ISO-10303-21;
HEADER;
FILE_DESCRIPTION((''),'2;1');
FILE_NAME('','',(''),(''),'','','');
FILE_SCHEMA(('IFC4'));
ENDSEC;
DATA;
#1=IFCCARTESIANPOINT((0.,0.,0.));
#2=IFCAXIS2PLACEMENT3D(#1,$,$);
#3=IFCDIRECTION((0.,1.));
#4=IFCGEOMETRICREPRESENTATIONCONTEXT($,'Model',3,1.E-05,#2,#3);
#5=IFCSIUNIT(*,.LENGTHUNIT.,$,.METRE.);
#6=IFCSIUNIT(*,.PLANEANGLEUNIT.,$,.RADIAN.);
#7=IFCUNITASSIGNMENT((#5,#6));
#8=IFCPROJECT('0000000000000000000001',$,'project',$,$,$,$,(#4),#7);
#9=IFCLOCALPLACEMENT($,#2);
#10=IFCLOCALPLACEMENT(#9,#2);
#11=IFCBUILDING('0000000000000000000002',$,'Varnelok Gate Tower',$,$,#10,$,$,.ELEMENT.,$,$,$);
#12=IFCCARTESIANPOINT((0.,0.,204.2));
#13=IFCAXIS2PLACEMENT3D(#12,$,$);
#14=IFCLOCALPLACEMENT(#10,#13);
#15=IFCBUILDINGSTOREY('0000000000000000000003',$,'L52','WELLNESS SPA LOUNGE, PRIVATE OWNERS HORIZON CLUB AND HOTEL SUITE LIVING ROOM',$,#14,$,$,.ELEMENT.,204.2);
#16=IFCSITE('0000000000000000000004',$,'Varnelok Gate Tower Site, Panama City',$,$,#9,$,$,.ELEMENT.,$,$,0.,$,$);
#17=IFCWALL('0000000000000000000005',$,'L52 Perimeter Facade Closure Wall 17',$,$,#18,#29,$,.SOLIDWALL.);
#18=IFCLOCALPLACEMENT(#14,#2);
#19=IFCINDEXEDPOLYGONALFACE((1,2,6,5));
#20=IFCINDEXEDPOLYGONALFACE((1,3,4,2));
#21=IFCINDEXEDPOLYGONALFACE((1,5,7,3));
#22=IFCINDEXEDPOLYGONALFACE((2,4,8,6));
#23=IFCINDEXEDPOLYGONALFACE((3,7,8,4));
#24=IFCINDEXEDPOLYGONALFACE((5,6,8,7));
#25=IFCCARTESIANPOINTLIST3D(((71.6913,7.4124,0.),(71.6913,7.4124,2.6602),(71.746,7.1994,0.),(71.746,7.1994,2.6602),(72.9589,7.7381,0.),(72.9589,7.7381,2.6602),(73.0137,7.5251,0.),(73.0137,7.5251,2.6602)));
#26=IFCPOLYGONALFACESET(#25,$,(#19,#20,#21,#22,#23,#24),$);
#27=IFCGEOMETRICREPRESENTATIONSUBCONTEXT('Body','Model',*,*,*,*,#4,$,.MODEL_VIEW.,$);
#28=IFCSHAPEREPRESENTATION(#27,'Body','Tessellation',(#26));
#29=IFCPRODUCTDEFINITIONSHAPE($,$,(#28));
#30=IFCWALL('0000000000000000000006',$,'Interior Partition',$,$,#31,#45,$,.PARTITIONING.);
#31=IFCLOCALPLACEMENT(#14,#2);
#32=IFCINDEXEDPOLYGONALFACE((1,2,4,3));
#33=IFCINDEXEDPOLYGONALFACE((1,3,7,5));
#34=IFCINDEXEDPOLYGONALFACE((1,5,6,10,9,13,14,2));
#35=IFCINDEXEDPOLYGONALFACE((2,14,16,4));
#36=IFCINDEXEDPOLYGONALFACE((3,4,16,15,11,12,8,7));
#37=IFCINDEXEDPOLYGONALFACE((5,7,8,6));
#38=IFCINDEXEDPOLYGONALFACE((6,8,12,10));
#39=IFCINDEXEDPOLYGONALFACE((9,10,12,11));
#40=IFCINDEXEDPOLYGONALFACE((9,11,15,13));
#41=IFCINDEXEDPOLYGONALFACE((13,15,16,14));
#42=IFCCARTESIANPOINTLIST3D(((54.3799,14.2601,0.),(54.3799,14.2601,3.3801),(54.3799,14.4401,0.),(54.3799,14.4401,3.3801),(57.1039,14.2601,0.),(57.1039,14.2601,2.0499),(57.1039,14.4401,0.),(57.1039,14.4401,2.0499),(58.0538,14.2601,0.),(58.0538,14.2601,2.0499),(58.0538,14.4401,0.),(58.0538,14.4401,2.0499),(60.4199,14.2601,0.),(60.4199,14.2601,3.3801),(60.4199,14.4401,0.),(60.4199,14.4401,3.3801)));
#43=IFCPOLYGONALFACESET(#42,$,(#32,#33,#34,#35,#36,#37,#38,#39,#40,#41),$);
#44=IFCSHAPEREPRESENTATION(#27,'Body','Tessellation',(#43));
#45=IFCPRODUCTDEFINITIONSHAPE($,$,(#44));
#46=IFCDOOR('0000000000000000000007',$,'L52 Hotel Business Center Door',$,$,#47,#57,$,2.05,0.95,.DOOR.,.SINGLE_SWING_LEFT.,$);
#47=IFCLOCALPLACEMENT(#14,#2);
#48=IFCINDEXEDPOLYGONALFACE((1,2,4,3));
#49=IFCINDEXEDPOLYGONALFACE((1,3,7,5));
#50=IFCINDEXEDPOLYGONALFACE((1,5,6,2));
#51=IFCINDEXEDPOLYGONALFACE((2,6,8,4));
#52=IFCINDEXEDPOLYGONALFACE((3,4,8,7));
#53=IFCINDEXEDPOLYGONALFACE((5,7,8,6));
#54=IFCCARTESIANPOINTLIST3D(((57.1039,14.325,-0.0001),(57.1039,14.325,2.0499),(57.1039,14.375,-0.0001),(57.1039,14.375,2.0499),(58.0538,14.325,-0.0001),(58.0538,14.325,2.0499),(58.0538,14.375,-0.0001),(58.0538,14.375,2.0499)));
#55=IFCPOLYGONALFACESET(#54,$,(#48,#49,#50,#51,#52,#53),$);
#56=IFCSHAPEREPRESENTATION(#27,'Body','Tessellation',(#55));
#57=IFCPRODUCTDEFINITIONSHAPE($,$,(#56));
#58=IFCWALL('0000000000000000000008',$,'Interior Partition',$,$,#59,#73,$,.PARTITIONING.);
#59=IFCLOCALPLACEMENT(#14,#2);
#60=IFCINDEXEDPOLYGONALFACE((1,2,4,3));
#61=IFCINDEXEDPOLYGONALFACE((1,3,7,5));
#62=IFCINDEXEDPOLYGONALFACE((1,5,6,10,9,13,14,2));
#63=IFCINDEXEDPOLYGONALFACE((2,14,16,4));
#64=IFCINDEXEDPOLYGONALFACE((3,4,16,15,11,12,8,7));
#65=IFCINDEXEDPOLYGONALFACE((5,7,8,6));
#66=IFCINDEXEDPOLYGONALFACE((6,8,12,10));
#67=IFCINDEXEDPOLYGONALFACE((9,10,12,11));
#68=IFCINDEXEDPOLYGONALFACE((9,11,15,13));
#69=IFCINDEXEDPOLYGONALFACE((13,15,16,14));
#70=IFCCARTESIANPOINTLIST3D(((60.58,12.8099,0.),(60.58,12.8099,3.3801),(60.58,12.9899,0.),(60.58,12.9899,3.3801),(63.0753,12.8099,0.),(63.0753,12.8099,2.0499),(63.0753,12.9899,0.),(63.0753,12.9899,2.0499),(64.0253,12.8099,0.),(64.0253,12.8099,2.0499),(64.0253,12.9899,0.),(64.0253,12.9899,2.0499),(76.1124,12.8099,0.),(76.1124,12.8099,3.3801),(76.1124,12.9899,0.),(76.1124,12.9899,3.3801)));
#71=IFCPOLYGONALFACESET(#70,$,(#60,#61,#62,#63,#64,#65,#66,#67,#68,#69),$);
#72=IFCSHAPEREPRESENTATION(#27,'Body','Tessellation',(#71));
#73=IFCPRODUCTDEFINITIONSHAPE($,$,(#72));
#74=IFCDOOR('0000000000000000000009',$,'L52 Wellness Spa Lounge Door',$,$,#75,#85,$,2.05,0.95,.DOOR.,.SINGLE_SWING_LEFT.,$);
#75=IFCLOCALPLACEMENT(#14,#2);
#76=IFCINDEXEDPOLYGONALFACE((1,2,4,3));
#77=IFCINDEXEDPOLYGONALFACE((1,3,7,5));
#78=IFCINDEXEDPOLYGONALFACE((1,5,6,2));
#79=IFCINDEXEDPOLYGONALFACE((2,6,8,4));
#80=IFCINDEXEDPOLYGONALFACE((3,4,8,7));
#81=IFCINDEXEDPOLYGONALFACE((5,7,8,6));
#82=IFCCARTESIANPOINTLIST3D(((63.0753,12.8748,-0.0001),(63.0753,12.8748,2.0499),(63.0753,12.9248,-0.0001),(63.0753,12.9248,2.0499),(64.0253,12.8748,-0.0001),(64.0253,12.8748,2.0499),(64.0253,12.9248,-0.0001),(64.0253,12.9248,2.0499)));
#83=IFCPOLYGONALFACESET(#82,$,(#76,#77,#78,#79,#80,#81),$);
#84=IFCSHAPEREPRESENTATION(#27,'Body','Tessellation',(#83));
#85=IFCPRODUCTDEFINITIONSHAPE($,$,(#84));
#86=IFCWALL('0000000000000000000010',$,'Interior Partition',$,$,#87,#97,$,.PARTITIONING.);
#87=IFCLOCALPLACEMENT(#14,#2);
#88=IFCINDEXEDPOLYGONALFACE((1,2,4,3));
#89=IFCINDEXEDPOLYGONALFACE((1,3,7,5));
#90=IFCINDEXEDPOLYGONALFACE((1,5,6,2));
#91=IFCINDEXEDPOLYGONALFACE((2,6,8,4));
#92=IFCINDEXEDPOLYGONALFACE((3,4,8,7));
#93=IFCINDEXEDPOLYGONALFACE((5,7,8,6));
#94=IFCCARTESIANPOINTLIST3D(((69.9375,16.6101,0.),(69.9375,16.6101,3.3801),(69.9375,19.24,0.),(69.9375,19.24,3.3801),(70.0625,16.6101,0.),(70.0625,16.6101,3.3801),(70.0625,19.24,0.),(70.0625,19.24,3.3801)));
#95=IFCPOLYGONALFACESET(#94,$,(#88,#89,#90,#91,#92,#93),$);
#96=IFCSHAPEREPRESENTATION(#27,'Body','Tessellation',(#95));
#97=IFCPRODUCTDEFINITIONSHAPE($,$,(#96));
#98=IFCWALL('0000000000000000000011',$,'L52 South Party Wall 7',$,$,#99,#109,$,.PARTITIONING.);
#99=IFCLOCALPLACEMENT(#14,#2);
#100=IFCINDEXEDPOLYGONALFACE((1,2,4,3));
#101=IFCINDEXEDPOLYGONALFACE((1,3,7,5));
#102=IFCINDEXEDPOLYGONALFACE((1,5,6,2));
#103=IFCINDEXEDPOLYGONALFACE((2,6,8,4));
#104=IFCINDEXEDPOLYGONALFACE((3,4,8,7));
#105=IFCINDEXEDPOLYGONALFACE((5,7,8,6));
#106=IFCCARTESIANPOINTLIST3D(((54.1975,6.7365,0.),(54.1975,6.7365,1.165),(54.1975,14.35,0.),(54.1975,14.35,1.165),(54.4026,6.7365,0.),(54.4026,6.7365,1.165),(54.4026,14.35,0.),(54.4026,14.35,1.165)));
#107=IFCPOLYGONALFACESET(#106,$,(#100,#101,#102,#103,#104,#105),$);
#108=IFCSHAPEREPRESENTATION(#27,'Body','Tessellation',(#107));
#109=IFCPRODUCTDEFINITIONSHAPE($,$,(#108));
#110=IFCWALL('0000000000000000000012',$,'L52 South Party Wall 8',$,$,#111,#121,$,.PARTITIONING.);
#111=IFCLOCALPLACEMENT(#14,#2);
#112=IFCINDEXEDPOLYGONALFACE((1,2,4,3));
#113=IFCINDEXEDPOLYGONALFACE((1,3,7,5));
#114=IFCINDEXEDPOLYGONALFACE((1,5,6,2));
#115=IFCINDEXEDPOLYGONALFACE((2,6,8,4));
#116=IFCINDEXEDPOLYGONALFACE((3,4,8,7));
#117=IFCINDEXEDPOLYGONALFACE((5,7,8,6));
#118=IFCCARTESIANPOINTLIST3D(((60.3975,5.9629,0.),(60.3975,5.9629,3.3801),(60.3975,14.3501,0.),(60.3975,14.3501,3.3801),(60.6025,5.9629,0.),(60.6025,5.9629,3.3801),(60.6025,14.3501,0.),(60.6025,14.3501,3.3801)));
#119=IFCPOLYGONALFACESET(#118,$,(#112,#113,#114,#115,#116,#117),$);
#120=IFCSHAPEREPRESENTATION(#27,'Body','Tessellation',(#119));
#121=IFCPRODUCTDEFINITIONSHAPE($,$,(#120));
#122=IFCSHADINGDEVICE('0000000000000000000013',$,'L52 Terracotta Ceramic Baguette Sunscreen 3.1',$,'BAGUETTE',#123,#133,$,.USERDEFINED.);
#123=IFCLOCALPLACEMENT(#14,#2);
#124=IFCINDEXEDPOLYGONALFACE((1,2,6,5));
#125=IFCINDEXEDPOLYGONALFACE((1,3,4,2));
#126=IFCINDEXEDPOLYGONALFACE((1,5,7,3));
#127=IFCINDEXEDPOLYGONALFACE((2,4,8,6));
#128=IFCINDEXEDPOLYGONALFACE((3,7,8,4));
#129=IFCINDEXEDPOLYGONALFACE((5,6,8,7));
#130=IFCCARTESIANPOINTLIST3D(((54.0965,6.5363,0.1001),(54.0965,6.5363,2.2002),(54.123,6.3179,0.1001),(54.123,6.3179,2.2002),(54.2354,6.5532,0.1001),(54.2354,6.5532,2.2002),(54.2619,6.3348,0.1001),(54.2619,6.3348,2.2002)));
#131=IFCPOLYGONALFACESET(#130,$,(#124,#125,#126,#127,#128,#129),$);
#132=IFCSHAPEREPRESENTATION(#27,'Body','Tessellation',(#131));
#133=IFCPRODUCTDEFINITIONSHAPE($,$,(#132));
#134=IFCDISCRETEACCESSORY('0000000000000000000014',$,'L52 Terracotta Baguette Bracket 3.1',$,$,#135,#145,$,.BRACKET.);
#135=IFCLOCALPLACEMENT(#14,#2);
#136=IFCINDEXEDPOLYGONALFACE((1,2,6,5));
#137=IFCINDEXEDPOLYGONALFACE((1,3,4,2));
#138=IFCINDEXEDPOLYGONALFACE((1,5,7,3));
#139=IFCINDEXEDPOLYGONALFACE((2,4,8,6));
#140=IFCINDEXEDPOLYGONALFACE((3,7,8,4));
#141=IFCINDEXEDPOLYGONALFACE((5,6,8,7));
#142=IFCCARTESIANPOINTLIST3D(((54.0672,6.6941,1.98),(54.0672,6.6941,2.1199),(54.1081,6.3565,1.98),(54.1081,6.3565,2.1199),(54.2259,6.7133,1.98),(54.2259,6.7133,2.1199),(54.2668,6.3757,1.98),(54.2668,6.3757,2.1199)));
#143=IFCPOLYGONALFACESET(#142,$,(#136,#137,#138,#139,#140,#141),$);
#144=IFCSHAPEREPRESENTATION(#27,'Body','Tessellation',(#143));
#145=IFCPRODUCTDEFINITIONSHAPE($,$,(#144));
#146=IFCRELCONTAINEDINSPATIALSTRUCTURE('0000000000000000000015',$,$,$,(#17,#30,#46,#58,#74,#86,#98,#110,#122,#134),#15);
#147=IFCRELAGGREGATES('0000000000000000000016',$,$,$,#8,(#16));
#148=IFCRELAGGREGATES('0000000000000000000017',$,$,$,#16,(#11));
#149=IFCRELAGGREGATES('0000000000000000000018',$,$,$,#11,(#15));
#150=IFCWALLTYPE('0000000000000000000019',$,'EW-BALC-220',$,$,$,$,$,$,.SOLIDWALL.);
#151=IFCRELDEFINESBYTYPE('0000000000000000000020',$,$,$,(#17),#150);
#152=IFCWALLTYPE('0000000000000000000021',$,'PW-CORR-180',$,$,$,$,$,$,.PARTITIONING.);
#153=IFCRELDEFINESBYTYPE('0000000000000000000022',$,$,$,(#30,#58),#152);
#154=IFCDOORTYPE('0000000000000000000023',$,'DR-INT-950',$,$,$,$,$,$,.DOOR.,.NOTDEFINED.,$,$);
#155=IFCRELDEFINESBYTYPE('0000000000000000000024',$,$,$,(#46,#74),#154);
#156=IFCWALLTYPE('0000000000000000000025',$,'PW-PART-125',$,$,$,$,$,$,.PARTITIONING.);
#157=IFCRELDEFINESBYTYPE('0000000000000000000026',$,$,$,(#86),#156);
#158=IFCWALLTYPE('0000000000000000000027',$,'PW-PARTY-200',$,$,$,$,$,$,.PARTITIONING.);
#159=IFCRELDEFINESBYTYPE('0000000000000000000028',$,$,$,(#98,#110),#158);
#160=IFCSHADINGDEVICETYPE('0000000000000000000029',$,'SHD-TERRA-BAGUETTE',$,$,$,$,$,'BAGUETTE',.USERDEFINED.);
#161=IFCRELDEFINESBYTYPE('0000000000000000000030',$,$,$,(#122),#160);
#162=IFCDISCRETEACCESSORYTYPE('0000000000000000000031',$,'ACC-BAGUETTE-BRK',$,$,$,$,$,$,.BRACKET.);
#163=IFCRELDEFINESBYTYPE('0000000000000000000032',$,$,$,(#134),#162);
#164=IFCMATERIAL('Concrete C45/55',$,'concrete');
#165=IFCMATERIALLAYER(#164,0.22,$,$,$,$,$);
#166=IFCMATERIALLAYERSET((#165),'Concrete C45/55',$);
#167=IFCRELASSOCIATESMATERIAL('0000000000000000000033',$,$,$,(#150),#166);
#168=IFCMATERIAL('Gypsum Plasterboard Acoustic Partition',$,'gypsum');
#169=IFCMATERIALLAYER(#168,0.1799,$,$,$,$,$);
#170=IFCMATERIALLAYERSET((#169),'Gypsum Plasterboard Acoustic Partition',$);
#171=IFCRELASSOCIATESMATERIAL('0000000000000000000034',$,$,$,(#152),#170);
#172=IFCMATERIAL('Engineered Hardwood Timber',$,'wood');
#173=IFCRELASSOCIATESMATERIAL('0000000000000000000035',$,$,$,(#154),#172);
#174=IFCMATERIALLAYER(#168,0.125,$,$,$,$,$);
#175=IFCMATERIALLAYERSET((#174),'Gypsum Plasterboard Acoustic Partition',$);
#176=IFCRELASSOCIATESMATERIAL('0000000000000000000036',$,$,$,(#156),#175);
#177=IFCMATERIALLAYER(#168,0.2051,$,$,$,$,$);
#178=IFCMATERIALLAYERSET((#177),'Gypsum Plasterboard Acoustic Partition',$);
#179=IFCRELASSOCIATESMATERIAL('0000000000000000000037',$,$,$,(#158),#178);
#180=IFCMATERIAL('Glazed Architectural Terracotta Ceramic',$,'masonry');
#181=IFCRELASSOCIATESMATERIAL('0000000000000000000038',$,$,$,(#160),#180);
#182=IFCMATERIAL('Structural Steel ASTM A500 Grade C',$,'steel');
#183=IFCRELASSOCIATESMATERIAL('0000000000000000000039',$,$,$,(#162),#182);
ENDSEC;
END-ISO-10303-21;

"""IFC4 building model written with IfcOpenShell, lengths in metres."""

from ifc_helpers import new_model, si_unit, direction, frame, frame_2d, origin, origin_2d, place, context, subcontext, project, spatial, rectangle, extrude, source, transform, mapped, material, layer, layer_set, type_object, element, fill, save


model = new_model("IFC4")

# Units and contexts
model_context = context("Model", 3, precision=1e-05, world=origin(), true_north=direction((0.0, 1.0)))
body_context = subcontext(model_context, "Body", "Model", "MODEL_VIEW")
ifc_project = project(units=[si_unit("LENGTHUNIT", "METRE"), si_unit("PLANEANGLEUNIT", "RADIAN")], contexts=[model_context])

# Site, building, storey
site_placement = place(None, origin())
site = spatial("IfcSite", under=ifc_project, at=site_placement, Name="Varnelok Gate Tower Site, Panama City", CompositionType="ELEMENT", RefElevation=0.0)
building_placement = place(site_placement, origin())
building = spatial("IfcBuilding", under=site, at=building_placement, Name="Varnelok Gate Tower", CompositionType="ELEMENT")
storey_placement = place(building_placement, frame((0.0, 0.0, 204.2)))
storey = spatial("IfcBuildingStorey", under=building, at=storey_placement, Name="L52", Description="WELLNESS SPA LOUNGE, PRIVATE OWNERS HORIZON CLUB AND HOTEL SUITE LIVING ROOM", CompositionType="ELEMENT", Elevation=204.2)

# Shared definitions
ifc_material_1 = material(Name="Concrete C45/55", Category="concrete")
ifc_layer_1 = layer(ifc_material_1, 0.22)
ifc_layer_set_1 = layer_set([ifc_layer_1], Name="Concrete C45/55")
wall_type_1 = type_object("IfcWallType", Name="EW-BALC-220", PredefinedType="SOLIDWALL", material=ifc_layer_set_1)

# Wall
wall_1_placement = place(storey_placement, frame((71.7188, 7.3059, 0.0), z_axis=(0.0, 0.0, 1.0), x_axis=(0.968542, 0.248851, 0.0)))
element("IfcWall", 1, at=wall_1_placement, inside=storey, type_object=wall_type_1, Name="L52 Perimeter Facade Closure Wall 17", PredefinedType="SOLIDWALL", context=body_context, shape_type="SweptSolid", body=[
    extrude(rectangle(XDim=1.3088, YDim=0.22, at=frame_2d((0.6543, 0.0))), origin(), (0.0, 0.0, 1.0), 2.6602),
])

# Walls, openings, doors
ifc_material_2 = material(Name="Gypsum Plasterboard Acoustic Partition", Category="gypsum")
ifc_layer_2 = layer(ifc_material_2, 0.1799)
ifc_layer_set_2 = layer_set([ifc_layer_2], Name="Gypsum Plasterboard Acoustic Partition")
wall_type_2 = type_object("IfcWallType", Name="PW-CORR-180", PredefinedType="PARTITIONING", material=ifc_layer_set_2)
wall_2_placement = place(storey_placement, frame((54.3799, 14.3501, 0.0), z_axis=(0.0, 0.0, 1.0), x_axis=(1.0, 0.0, 0.0)))
wall_2 = element("IfcWall", 2, at=wall_2_placement, inside=storey, type_object=wall_type_2, Name="Interior Partition", PredefinedType="PARTITIONING", context=body_context, shape_type="SweptSolid", body=[
    extrude(rectangle(XDim=6.04, YDim=0.1799, at=frame_2d((3.02, 0.0))), origin(), (0.0, 0.0, 1.0), 3.3801),
])
opening_1_placement = place(wall_2_placement, frame((2.7239, 0.0, 0.0)))
opening_1 = element("IfcOpeningElement", 3, at=opening_1_placement, cuts=wall_2, PredefinedType="OPENING", context=body_context, shape_type="SweptSolid", body=[
    extrude(rectangle(XDim=0.95, YDim=2.05, at=frame_2d((0.4751, 1.0249))), frame((0.0, 0.0999, 0.0), z_axis=(0.0, -1.0, 0.0), x_axis=(1.0, 0.0, 0.0)), (0.0, 0.0, 1.0), 0.2),
])
ifc_material_3 = material(Name="Engineered Hardwood Timber", Category="wood")
door_type_1 = type_object("IfcDoorType", Name="DR-INT-950", OperationType="NOTDEFINED", PredefinedType="DOOR", material=ifc_material_3)
door_1_placement = place(opening_1_placement, origin())
door_1 = element("IfcDoor", 4, at=door_1_placement, inside=storey, type_object=door_type_1, Name="L52 Hotel Business Center Door", OperationType="SINGLE_SWING_LEFT", OverallHeight=2.05, OverallWidth=0.95, PredefinedType="DOOR", context=body_context, shape_type="SweptSolid", body=[
    extrude(rectangle(XDim=0.95, YDim=2.05, at=frame_2d((0.4751, 1.0249))), frame((0.0, 0.0249, 0.0), z_axis=(0.0, -1.0, 0.0), x_axis=(1.0, 0.0, 0.0)), (0.0, 0.0, 1.0), 0.05),
])
fill(opening_1, door_1)
wall_3_placement = place(storey_placement, frame((60.5801, 12.8999, 0.0), z_axis=(0.0, 0.0, 1.0), x_axis=(1.0, 0.0, 0.0)))
wall_3 = element("IfcWall", 5, at=wall_3_placement, inside=storey, type_object=wall_type_2, Name="Interior Partition", PredefinedType="PARTITIONING", context=body_context, shape_type="SweptSolid", body=[
    extrude(rectangle(XDim=15.5325, YDim=0.1799, at=frame_2d((7.7661, 0.0))), origin(), (0.0, 0.0, 1.0), 3.3801),
])
opening_2_placement = place(wall_3_placement, frame((2.4951, 0.0, 0.0)))
opening_2 = element("IfcOpeningElement", 6, at=opening_2_placement, cuts=wall_3, PredefinedType="OPENING", context=body_context, shape_type="SweptSolid", body=[
    extrude(rectangle(XDim=0.95, YDim=2.05, at=frame_2d((0.4751, 1.0249))), frame((0.0, 0.0999, 0.0), z_axis=(0.0, -1.0, 0.0), x_axis=(1.0, 0.0, 0.0)), (0.0, 0.0, 1.0), 0.2),
])
door_2_placement = place(opening_2_placement, origin())
door_2 = element("IfcDoor", 7, at=door_2_placement, inside=storey, type_object=door_type_1, Name="L52 Wellness Spa Lounge Door", OperationType="SINGLE_SWING_LEFT", OverallHeight=2.05, OverallWidth=0.95, PredefinedType="DOOR", context=body_context, shape_type="SweptSolid", body=[
    extrude(rectangle(XDim=0.95, YDim=2.05, at=frame_2d((0.4751, 1.0249))), frame((0.0, 0.0249, 0.0), z_axis=(0.0, -1.0, 0.0), x_axis=(1.0, 0.0, 0.0)), (0.0, 0.0, 1.0), 0.05),
])
fill(opening_2, door_2)

# Walls
ifc_layer_3 = layer(ifc_material_2, 0.125)
ifc_layer_set_3 = layer_set([ifc_layer_3], Name="Gypsum Plasterboard Acoustic Partition")
wall_type_3 = type_object("IfcWallType", Name="PW-PART-125", PredefinedType="PARTITIONING", material=ifc_layer_set_3)
wall_4_placement = place(storey_placement, frame((70.0, 16.6101, 0.0), z_axis=(0.0, 0.0, 1.0), x_axis=(0.0, 1.0, 0.0)))
element("IfcWall", 8, at=wall_4_placement, inside=storey, type_object=wall_type_3, Name="Interior Partition", PredefinedType="PARTITIONING", context=body_context, shape_type="SweptSolid", body=[
    extrude(rectangle(XDim=2.6299, YDim=0.125, at=frame_2d((1.3149, 0.0))), origin(), (0.0, 0.0, 1.0), 3.3801),
])
ifc_layer_4 = layer(ifc_material_2, 0.2051)
ifc_layer_set_4 = layer_set([ifc_layer_4], Name="Gypsum Plasterboard Acoustic Partition")
wall_type_4 = type_object("IfcWallType", Name="PW-PARTY-200", PredefinedType="PARTITIONING", material=ifc_layer_set_4)
wall_5_placement = place(storey_placement, frame((54.3, 6.7366, 0.0), z_axis=(0.0, 0.0, 1.0), x_axis=(0.0, 1.0, 0.0)))
element("IfcWall", 9, at=wall_5_placement, inside=storey, type_object=wall_type_4, Name="L52 South Party Wall 7", PredefinedType="PARTITIONING", context=body_context, shape_type="SweptSolid", body=[
    extrude(rectangle(XDim=7.6135, YDim=0.2051, at=frame_2d((3.8066, 0.0))), origin(), (0.0, 0.0, 1.0), 1.165),
])
wall_6_placement = place(storey_placement, frame((60.5, 5.9629, 0.0), z_axis=(0.0, 0.0, 1.0), x_axis=(0.0, 1.0, 0.0)))
element("IfcWall", 10, at=wall_6_placement, inside=storey, type_object=wall_type_4, Name="L52 South Party Wall 8", PredefinedType="PARTITIONING", context=body_context, shape_type="SweptSolid", body=[
    extrude(rectangle(XDim=8.3872, YDim=0.2051, at=frame_2d((4.1936, 0.0))), origin(), (0.0, 0.0, 1.0), 3.3801),
])

# Shading device
ifc_material_4 = material(Name="Glazed Architectural Terracotta Ceramic", Category="masonry")
shading_device_type = type_object("IfcShadingDeviceType", Name="SHD-TERRA-BAGUETTE", ElementType="BAGUETTE", PredefinedType="USERDEFINED", material=ifc_material_4)
shared_shape_1 = source(origin(), body_context, "Body", "SweptSolid", [
    extrude(rectangle(XDim=0.1399, YDim=0.22, at=origin_2d()), origin(), (0.0, 0.0, 1.0), 2.1001),
])
shading_device_placement = place(storey_placement, frame((54.1792, 6.4355, 0.1001), z_axis=(0.0, 0.0, 1.0), x_axis=(0.992732, 0.120345, 0.0)))
element("IfcShadingDevice", 11, at=shading_device_placement, inside=storey, type_object=shading_device_type, Name="L52 Terracotta Ceramic Baguette Sunscreen 3.1", ObjectType="BAGUETTE", PredefinedType="USERDEFINED", context=body_context, shape_type="MappedRepresentation", body=[
    mapped(shared_shape_1, transform((0.0, 0.0, 0.0), scale=1.0)),
])

# Discrete accessory
ifc_material_5 = material(Name="Structural Steel ASTM A500 Grade C", Category="steel")
discrete_accessory_type = type_object("IfcDiscreteAccessoryType", Name="ACC-BAGUETTE-BRK", PredefinedType="BRACKET", material=ifc_material_5)
shared_shape_2 = source(origin(), body_context, "Body", "SweptSolid", [
    extrude(rectangle(XDim=0.1599, YDim=0.3401, at=origin_2d()), origin(), (0.0, 0.0, 1.0), 0.1399),
])
discrete_accessory_placement = place(storey_placement, frame((54.167, 6.5349, 1.98), z_axis=(0.0, 0.0, 1.0), x_axis=(0.992732, 0.120345, 0.0)))
element("IfcDiscreteAccessory", 12, at=discrete_accessory_placement, inside=storey, type_object=discrete_accessory_type, Name="L52 Terracotta Baguette Bracket 3.1", PredefinedType="BRACKET", context=body_context, shape_type="MappedRepresentation", body=[
    mapped(shared_shape_2, transform((0.0, 0.0, 0.0), scale=1.0)),
])

save(model, "model.ifc")
